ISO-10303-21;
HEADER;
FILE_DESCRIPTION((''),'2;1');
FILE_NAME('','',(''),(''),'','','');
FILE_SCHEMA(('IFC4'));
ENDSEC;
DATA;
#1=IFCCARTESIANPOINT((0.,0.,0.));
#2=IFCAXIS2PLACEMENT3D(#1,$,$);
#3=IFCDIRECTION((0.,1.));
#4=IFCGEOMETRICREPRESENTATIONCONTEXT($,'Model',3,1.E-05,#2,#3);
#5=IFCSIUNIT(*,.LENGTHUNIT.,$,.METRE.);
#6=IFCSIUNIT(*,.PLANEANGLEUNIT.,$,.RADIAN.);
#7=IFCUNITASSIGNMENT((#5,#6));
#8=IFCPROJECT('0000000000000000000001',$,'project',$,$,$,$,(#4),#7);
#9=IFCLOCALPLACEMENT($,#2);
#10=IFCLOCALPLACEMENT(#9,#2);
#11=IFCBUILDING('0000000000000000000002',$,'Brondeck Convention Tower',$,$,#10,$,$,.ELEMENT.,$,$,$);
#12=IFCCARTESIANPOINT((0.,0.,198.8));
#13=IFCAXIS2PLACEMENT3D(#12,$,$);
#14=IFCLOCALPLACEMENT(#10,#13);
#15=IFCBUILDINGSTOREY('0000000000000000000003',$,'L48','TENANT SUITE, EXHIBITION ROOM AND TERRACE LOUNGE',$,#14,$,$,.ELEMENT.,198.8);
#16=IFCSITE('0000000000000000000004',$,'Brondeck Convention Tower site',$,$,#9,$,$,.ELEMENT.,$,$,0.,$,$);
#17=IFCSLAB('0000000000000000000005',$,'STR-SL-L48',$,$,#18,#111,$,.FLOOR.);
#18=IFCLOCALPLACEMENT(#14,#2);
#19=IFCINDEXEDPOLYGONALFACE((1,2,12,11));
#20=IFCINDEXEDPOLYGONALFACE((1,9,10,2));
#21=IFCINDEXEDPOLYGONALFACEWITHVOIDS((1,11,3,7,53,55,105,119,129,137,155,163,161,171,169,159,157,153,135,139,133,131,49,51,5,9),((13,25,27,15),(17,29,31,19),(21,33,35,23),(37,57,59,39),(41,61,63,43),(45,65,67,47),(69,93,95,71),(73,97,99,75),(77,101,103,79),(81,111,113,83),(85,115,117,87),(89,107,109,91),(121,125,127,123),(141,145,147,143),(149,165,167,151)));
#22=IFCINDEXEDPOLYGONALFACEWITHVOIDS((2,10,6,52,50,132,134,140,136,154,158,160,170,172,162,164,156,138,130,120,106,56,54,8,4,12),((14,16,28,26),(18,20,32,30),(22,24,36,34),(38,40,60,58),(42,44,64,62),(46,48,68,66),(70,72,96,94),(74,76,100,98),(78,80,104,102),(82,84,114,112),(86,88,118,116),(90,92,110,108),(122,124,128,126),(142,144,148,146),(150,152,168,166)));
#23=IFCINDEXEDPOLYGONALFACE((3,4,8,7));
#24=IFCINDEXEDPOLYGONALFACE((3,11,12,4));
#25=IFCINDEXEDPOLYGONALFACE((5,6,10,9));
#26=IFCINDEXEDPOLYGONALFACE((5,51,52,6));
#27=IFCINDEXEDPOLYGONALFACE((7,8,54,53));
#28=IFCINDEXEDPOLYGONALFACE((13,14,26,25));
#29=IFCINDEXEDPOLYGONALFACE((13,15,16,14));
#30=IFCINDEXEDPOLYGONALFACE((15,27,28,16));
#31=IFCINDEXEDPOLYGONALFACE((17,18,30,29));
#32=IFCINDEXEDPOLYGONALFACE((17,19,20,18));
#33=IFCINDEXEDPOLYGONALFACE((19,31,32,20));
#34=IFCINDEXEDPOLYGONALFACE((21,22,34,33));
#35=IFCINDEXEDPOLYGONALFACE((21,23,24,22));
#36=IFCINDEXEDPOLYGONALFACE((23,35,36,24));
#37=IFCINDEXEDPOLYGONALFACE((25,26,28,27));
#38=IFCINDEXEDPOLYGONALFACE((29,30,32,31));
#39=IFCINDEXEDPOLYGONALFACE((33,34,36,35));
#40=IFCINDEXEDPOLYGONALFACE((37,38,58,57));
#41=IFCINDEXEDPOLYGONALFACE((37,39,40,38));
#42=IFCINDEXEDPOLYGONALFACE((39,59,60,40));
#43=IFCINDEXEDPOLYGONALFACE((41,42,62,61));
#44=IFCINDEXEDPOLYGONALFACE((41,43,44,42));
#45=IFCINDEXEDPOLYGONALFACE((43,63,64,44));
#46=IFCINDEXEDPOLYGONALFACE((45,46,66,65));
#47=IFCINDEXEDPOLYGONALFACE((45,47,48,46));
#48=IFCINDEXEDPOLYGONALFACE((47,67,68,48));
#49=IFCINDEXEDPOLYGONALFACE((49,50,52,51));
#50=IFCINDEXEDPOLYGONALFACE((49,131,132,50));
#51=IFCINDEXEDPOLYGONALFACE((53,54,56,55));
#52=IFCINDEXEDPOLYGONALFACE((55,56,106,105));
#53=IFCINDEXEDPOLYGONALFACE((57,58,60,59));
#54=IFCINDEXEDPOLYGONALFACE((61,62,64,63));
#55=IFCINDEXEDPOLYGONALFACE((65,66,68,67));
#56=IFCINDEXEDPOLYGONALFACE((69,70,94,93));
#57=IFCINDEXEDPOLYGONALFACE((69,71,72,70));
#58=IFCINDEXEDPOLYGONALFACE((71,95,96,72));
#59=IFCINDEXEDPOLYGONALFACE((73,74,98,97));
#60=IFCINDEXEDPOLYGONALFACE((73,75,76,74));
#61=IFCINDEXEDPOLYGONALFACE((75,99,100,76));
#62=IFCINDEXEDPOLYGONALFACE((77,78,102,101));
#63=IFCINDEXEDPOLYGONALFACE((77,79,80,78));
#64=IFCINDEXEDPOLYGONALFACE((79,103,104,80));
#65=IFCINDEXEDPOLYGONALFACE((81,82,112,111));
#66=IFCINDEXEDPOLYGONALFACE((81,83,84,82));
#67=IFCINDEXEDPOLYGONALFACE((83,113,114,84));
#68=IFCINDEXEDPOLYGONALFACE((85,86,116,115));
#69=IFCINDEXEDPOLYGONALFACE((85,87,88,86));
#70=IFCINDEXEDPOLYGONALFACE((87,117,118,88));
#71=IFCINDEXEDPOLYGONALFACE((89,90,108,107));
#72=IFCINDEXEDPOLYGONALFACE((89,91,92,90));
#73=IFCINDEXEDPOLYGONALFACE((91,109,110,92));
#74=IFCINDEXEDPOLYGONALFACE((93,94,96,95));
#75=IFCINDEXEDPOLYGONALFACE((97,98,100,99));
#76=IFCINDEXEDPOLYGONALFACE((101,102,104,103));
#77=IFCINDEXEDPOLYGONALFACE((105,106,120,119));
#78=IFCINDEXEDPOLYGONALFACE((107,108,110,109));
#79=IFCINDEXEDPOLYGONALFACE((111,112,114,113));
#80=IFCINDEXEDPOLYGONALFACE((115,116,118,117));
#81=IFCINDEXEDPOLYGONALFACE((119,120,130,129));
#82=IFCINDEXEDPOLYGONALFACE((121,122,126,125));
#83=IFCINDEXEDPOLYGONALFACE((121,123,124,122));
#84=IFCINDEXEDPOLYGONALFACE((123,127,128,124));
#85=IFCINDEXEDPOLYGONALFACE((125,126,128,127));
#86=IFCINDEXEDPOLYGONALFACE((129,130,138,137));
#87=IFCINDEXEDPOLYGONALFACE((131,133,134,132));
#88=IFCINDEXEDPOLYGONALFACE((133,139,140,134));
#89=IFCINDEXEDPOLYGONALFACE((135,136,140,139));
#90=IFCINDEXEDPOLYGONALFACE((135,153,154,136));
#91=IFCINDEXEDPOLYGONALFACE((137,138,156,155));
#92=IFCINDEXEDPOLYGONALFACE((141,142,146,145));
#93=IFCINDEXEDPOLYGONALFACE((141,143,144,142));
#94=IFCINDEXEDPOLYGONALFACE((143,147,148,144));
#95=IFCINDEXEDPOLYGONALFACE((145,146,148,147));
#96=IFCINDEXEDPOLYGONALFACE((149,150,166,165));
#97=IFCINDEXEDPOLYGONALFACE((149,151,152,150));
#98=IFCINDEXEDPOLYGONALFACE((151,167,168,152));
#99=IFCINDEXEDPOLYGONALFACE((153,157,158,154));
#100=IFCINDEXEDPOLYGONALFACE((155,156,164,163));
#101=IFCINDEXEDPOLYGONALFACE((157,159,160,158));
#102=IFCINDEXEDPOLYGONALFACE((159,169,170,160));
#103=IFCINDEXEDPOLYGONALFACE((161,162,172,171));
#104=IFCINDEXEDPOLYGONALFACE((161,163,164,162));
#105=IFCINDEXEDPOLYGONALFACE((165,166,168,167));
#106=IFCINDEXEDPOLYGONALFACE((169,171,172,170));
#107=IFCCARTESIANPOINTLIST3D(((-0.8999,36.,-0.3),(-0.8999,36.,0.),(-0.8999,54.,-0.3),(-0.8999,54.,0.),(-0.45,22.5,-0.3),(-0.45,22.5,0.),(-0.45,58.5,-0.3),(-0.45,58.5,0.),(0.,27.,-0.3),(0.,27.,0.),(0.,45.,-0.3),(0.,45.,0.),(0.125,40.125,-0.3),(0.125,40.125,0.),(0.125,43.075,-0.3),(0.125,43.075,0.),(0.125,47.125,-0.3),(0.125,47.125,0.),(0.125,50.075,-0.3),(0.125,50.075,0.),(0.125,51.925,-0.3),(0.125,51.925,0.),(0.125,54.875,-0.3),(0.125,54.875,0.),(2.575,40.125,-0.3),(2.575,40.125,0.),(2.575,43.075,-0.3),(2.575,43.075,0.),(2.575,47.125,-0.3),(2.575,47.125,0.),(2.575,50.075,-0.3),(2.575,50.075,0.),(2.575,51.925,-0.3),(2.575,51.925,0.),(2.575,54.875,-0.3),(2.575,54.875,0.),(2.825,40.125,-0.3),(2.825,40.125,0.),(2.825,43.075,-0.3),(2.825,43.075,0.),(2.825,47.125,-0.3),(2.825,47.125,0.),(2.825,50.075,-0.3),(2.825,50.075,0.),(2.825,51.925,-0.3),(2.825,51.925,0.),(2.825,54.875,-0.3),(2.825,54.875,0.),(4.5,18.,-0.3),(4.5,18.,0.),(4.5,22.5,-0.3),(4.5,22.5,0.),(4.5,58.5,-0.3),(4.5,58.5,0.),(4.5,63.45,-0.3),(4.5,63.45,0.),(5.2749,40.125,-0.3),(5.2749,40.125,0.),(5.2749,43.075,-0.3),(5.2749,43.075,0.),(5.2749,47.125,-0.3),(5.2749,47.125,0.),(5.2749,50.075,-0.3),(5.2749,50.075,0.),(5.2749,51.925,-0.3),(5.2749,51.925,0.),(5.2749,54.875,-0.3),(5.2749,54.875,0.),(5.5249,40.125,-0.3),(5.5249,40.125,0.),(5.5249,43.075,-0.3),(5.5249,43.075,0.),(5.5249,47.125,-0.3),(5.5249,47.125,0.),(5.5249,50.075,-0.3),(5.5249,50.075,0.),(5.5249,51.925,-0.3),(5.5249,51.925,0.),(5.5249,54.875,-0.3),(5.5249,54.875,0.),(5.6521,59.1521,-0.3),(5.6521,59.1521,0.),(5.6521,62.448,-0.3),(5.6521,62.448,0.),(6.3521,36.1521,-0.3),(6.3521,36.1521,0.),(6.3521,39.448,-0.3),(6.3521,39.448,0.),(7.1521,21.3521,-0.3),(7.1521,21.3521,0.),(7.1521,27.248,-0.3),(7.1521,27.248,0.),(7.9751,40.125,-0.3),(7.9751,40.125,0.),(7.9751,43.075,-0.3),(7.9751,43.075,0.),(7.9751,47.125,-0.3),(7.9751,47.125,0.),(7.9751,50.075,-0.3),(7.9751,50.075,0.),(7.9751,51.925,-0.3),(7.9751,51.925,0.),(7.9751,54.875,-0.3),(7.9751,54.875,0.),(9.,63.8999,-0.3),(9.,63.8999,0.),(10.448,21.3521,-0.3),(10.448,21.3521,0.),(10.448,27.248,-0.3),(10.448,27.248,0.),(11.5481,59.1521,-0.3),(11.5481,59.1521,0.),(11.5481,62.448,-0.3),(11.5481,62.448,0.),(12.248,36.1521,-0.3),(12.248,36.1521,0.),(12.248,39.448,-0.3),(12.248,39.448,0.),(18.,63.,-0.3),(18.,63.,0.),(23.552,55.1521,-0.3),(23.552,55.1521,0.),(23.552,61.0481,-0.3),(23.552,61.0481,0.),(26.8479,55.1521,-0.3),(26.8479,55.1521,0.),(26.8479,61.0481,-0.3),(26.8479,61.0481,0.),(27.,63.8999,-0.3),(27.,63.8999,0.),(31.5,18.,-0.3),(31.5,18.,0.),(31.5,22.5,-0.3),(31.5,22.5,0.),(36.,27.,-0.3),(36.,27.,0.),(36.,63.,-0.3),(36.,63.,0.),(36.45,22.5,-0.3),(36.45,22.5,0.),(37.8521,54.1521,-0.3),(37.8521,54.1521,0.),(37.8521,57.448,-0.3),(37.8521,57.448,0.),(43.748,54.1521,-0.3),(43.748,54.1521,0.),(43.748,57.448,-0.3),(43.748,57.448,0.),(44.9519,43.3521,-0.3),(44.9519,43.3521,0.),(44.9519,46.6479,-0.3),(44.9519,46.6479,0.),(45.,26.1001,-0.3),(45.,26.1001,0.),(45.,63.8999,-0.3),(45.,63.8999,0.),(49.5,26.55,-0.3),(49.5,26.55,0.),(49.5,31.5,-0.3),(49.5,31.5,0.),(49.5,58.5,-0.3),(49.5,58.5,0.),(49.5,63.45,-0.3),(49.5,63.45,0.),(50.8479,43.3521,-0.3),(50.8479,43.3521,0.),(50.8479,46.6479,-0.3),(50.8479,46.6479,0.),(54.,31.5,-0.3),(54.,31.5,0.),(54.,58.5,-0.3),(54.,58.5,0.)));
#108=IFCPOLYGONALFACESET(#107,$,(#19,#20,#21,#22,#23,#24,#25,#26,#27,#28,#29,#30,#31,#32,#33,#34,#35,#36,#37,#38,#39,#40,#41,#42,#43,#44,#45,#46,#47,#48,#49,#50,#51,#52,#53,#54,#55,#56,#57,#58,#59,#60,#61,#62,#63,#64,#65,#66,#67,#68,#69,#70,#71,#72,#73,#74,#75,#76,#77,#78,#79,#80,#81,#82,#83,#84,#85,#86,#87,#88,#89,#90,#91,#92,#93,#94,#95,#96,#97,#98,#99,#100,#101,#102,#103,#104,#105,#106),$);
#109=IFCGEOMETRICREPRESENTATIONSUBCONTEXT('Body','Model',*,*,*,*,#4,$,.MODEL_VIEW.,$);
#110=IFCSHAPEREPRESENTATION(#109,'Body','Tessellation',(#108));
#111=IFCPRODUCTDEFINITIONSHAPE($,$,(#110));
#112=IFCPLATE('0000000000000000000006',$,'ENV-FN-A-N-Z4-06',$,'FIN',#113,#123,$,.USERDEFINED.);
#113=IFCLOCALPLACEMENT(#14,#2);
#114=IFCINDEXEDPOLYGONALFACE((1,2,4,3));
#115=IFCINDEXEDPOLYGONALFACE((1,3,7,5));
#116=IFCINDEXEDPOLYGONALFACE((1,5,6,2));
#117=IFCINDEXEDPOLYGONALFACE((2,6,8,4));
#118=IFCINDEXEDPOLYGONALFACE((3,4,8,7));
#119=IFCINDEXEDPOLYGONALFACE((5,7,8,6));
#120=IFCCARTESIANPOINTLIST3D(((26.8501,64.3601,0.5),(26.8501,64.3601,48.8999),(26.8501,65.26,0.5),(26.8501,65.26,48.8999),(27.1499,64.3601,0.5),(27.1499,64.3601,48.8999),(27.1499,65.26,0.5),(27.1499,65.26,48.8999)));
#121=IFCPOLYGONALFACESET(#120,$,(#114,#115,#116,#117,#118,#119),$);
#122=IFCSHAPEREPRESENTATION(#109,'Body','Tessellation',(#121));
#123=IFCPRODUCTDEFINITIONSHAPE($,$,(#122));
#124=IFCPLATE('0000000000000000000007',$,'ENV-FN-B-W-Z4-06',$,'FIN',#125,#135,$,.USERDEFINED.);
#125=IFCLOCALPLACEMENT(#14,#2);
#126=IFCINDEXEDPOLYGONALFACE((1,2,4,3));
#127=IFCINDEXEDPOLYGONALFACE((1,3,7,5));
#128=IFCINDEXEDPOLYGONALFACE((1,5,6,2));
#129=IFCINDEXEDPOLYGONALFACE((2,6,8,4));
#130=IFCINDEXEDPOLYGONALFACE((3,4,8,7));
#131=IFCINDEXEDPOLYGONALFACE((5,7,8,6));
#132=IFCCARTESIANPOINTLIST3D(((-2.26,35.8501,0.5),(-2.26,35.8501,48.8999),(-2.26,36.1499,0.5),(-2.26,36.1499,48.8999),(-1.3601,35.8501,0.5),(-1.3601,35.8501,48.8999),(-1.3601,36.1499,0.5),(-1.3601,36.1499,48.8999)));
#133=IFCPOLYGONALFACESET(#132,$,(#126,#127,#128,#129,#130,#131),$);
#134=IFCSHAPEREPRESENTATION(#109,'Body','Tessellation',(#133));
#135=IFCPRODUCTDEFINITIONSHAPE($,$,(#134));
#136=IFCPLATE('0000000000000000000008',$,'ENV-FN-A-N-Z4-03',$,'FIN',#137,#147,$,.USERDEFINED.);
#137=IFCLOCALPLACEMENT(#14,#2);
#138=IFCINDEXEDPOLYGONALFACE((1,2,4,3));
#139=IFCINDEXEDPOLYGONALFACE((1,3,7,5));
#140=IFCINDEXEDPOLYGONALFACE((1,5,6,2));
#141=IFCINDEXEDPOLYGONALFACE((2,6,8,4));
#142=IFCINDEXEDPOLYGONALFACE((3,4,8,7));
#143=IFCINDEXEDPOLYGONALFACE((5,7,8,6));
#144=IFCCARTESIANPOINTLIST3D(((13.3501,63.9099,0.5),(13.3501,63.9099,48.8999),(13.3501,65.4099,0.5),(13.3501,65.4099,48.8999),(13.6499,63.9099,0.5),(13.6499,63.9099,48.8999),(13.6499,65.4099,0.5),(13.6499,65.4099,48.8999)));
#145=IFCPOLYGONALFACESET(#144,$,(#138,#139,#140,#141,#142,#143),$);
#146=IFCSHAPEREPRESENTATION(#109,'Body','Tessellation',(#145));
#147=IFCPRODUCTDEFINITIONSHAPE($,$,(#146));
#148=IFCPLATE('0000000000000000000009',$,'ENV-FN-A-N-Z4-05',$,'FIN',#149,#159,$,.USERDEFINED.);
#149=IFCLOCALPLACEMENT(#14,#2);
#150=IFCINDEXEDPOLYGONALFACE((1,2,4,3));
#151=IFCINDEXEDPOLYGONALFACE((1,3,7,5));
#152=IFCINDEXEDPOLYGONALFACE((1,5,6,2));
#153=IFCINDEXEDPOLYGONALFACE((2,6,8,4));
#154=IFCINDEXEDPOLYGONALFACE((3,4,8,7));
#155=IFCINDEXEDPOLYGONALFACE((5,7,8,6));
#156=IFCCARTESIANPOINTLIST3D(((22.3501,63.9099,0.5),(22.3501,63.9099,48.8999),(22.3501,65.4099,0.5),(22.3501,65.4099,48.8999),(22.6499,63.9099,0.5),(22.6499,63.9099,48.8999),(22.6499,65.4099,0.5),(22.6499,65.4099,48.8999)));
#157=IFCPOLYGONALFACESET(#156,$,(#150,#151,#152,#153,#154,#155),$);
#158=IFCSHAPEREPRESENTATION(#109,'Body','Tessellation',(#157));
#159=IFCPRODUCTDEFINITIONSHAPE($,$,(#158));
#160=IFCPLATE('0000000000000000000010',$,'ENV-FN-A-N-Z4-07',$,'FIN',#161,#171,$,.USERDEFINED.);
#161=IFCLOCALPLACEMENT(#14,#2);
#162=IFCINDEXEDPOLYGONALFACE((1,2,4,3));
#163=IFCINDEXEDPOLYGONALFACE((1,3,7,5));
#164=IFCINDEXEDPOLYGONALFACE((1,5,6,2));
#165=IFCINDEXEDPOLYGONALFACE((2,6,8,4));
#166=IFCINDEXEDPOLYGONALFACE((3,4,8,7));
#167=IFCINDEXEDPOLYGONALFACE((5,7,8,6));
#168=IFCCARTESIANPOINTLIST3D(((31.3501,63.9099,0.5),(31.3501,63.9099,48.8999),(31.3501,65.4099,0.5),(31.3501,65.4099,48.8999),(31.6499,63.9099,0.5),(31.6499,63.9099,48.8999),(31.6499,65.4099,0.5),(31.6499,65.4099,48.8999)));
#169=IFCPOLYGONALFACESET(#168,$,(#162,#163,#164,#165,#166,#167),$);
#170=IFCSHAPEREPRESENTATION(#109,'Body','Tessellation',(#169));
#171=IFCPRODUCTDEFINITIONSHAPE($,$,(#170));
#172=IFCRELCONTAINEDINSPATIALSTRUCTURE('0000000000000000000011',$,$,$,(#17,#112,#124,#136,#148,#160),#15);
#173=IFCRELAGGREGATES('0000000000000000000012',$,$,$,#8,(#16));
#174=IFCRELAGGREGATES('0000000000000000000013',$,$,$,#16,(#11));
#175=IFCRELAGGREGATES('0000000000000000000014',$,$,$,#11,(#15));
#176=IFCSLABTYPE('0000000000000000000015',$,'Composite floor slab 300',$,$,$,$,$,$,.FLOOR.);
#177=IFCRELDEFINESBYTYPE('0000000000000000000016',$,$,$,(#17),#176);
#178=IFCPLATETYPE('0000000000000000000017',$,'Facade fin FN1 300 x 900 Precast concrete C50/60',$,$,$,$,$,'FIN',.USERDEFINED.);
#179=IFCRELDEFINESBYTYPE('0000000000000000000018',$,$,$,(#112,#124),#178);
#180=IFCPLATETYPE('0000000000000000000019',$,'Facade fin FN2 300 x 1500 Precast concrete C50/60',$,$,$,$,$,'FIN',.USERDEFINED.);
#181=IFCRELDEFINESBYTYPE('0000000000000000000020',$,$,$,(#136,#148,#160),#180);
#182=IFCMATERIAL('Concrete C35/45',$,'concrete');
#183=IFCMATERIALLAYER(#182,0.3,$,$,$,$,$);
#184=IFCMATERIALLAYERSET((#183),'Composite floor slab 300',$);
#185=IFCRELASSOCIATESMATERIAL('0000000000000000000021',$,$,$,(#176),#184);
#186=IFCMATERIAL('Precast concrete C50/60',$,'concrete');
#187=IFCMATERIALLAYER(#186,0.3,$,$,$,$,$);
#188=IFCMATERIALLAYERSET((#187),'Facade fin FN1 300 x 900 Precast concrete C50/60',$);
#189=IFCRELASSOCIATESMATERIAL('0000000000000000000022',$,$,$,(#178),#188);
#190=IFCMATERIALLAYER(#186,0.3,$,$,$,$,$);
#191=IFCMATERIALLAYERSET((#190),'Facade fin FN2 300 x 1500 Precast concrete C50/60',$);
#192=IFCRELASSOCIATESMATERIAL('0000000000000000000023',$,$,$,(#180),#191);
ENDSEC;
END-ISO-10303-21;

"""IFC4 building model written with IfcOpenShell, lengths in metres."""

from ifc_helpers import new_model, si_unit, direction, frame, origin, place, context, subcontext, project, spatial, polyline, outline, extrude, material, layer, layer_set, type_object, element, save


model = new_model("IFC4")

# Units and contexts
model_context = context("Model", 3, precision=1e-05, world=origin(), true_north=direction((0.0, 1.0)))
body_context = subcontext(model_context, "Body", "Model", "MODEL_VIEW")
ifc_project = project(units=[si_unit("LENGTHUNIT", "METRE"), si_unit("PLANEANGLEUNIT", "RADIAN")], contexts=[model_context])

# Site, building, storey
site_placement = place(None, origin())
site = spatial("IfcSite", under=ifc_project, at=site_placement, Name="Brondeck Convention Tower site", CompositionType="ELEMENT", RefElevation=0.0)
building_placement = place(site_placement, origin())
building = spatial("IfcBuilding", under=site, at=building_placement, Name="Brondeck Convention Tower", CompositionType="ELEMENT")
storey_placement = place(building_placement, frame((0.0, 0.0, 198.8)))
storey = spatial("IfcBuildingStorey", under=building, at=storey_placement, Name="L48", Description="TENANT SUITE, EXHIBITION ROOM AND TERRACE LOUNGE", CompositionType="ELEMENT", Elevation=198.8)

# Slab
ifc_material_1 = material(Name="Concrete C35/45", Category="concrete")
ifc_layer_1 = layer(ifc_material_1, 0.3)
ifc_layer_set_1 = layer_set([ifc_layer_1], Name="Composite floor slab 300")
slab_type_1 = type_object("IfcSlabType", Name="Composite floor slab 300", PredefinedType="FLOOR", material=ifc_layer_set_1)
slab_1_placement = place(storey_placement, frame((0.0, 0.0, -0.3)))
element("IfcSlab", 1, at=slab_1_placement, inside=storey, type_object=slab_type_1, Name="STR-SL-L48", PredefinedType="FLOOR", context=body_context, shape_type="SweptSolid", body=[
    extrude(outline(polyline([(4.5, 22.5), (-0.45, 22.5), (0.0, 27.0), (-0.8999, 36.0), (0.0, 45.0), (-0.8999, 54.0), (-0.45, 58.5), (4.5, 58.5), (4.5, 63.45), (9.0, 63.8999), (18.0, 63.0), (27.0, 63.8999), (36.0, 63.0), (45.0, 63.8999), (49.5, 63.45), (49.5, 58.5), (54.0, 58.5), (54.0, 31.5), (49.5, 31.5), (49.5, 26.55), (45.0, 26.1001), (36.0, 27.0), (36.45, 22.5), (31.5, 22.5), (31.5, 18.0), (4.5, 18.0), (4.5, 22.5)]), holes=[polyline([(2.575, 40.125), (2.575, 43.075), (0.125, 43.075), (0.125, 40.125), (2.575, 40.125)]), polyline([(5.2749, 40.125), (5.2749, 43.075), (2.825, 43.075), (2.825, 40.125), (5.2749, 40.125)]), polyline([(7.9751, 40.125), (7.9751, 43.075), (5.5249, 43.075), (5.5249, 40.125), (7.9751, 40.125)]), polyline([(2.575, 47.125), (2.575, 50.075), (0.125, 50.075), (0.125, 47.125), (2.575, 47.125)]), polyline([(5.2749, 47.125), (5.2749, 50.075), (2.825, 50.075), (2.825, 47.125), (5.2749, 47.125)]), polyline([(7.9751, 47.125), (7.9751, 50.075), (5.5249, 50.075), (5.5249, 47.125), (7.9751, 47.125)]), polyline([(2.575, 51.925), (2.575, 54.875), (0.125, 54.875), (0.125, 51.925), (2.575, 51.925)]), polyline([(5.2749, 51.925), (5.2749, 54.875), (2.825, 54.875), (2.825, 51.925), (5.2749, 51.925)]), polyline([(10.448, 27.248), (7.1521, 27.248), (7.1521, 21.3521), (10.448, 21.3521), (10.448, 27.248)]), polyline([(12.248, 36.1521), (12.248, 39.448), (6.3521, 39.448), (6.3521, 36.1521), (12.248, 36.1521)]), polyline([(50.8479, 43.3521), (50.8479, 46.6479), (44.9519, 46.6479), (44.9519, 43.3521), (50.8479, 43.3521)]), polyline([(7.9751, 51.925), (7.9751, 54.875), (5.5249, 54.875), (5.5249, 51.925), (7.9751, 51.925)]), polyline([(43.748, 54.1521), (43.748, 57.448), (37.8521, 57.448), (37.8521, 54.1521), (43.748, 54.1521)]), polyline([(23.552, 55.1521), (26.8479, 55.1521), (26.8479, 61.0481), (23.552, 61.0481), (23.552, 55.1521)]), polyline([(5.6521, 62.448), (5.6521, 59.1521), (11.5481, 59.1521), (11.5481, 62.448), (5.6521, 62.448)])]), origin(), (0.0, 0.0, 1.0), 0.3),
])

# Plates
ifc_material_2 = material(Name="Precast concrete C50/60", Category="concrete")
ifc_layer_2 = layer(ifc_material_2, 0.3)
ifc_layer_set_2 = layer_set([ifc_layer_2], Name="Facade fin FN1 300 x 900 Precast concrete C50/60")
plate_type_1 = type_object("IfcPlateType", Name="Facade fin FN1 300 x 900 Precast concrete C50/60", ElementType="FIN", PredefinedType="USERDEFINED", material=ifc_layer_set_2)
plate_1_placement = place(storey_placement, frame((0.0, 0.0, 0.5)))
element("IfcPlate", 2, at=plate_1_placement, inside=storey, type_object=plate_type_1, Name="ENV-FN-A-N-Z4-06", ObjectType="FIN", PredefinedType="USERDEFINED", context=body_context, shape_type="SweptSolid", body=[
    extrude(outline(polyline([(26.8501, 65.26), (26.8501, 64.3601), (27.1499, 64.3601), (27.1499, 65.26), (26.8501, 65.26)])), origin(), (0.0, 0.0, 1.0), 48.3999),
])
plate_2_placement = place(storey_placement, frame((0.0, 0.0, 0.5)))
element("IfcPlate", 3, at=plate_2_placement, inside=storey, type_object=plate_type_1, Name="ENV-FN-B-W-Z4-06", ObjectType="FIN", PredefinedType="USERDEFINED", context=body_context, shape_type="SweptSolid", body=[
    extrude(outline(polyline([(-2.26, 35.8501), (-1.3601, 35.8501), (-1.3601, 36.1499), (-2.26, 36.1499), (-2.26, 35.8501)])), origin(), (0.0, 0.0, 1.0), 48.3999),
])
ifc_layer_3 = layer(ifc_material_2, 0.3)
ifc_layer_set_3 = layer_set([ifc_layer_3], Name="Facade fin FN2 300 x 1500 Precast concrete C50/60")
plate_type_2 = type_object("IfcPlateType", Name="Facade fin FN2 300 x 1500 Precast concrete C50/60", ElementType="FIN", PredefinedType="USERDEFINED", material=ifc_layer_set_3)
plate_3_placement = place(storey_placement, frame((0.0, 0.0, 0.5)))
element("IfcPlate", 4, at=plate_3_placement, inside=storey, type_object=plate_type_2, Name="ENV-FN-A-N-Z4-03", ObjectType="FIN", PredefinedType="USERDEFINED", context=body_context, shape_type="SweptSolid", body=[
    extrude(outline(polyline([(13.3501, 65.4099), (13.3501, 63.9099), (13.6499, 63.9099), (13.6499, 65.4099), (13.3501, 65.4099)])), origin(), (0.0, 0.0, 1.0), 48.3999),
])
plate_4_placement = place(storey_placement, frame((0.0, 0.0, 0.5)))
element("IfcPlate", 5, at=plate_4_placement, inside=storey, type_object=plate_type_2, Name="ENV-FN-A-N-Z4-05", ObjectType="FIN", PredefinedType="USERDEFINED", context=body_context, shape_type="SweptSolid", body=[
    extrude(outline(polyline([(22.3501, 65.4099), (22.3501, 63.9099), (22.6499, 63.9099), (22.6499, 65.4099), (22.3501, 65.4099)])), origin(), (0.0, 0.0, 1.0), 48.3999),
])
plate_5_placement = place(storey_placement, frame((0.0, 0.0, 0.5)))
element("IfcPlate", 6, at=plate_5_placement, inside=storey, type_object=plate_type_2, Name="ENV-FN-A-N-Z4-07", ObjectType="FIN", PredefinedType="USERDEFINED", context=body_context, shape_type="SweptSolid", body=[
    extrude(outline(polyline([(31.3501, 65.4099), (31.3501, 63.9099), (31.6499, 63.9099), (31.6499, 65.4099), (31.3501, 65.4099)])), origin(), (0.0, 0.0, 1.0), 48.3999),
])

save(model, "model.ifc")
